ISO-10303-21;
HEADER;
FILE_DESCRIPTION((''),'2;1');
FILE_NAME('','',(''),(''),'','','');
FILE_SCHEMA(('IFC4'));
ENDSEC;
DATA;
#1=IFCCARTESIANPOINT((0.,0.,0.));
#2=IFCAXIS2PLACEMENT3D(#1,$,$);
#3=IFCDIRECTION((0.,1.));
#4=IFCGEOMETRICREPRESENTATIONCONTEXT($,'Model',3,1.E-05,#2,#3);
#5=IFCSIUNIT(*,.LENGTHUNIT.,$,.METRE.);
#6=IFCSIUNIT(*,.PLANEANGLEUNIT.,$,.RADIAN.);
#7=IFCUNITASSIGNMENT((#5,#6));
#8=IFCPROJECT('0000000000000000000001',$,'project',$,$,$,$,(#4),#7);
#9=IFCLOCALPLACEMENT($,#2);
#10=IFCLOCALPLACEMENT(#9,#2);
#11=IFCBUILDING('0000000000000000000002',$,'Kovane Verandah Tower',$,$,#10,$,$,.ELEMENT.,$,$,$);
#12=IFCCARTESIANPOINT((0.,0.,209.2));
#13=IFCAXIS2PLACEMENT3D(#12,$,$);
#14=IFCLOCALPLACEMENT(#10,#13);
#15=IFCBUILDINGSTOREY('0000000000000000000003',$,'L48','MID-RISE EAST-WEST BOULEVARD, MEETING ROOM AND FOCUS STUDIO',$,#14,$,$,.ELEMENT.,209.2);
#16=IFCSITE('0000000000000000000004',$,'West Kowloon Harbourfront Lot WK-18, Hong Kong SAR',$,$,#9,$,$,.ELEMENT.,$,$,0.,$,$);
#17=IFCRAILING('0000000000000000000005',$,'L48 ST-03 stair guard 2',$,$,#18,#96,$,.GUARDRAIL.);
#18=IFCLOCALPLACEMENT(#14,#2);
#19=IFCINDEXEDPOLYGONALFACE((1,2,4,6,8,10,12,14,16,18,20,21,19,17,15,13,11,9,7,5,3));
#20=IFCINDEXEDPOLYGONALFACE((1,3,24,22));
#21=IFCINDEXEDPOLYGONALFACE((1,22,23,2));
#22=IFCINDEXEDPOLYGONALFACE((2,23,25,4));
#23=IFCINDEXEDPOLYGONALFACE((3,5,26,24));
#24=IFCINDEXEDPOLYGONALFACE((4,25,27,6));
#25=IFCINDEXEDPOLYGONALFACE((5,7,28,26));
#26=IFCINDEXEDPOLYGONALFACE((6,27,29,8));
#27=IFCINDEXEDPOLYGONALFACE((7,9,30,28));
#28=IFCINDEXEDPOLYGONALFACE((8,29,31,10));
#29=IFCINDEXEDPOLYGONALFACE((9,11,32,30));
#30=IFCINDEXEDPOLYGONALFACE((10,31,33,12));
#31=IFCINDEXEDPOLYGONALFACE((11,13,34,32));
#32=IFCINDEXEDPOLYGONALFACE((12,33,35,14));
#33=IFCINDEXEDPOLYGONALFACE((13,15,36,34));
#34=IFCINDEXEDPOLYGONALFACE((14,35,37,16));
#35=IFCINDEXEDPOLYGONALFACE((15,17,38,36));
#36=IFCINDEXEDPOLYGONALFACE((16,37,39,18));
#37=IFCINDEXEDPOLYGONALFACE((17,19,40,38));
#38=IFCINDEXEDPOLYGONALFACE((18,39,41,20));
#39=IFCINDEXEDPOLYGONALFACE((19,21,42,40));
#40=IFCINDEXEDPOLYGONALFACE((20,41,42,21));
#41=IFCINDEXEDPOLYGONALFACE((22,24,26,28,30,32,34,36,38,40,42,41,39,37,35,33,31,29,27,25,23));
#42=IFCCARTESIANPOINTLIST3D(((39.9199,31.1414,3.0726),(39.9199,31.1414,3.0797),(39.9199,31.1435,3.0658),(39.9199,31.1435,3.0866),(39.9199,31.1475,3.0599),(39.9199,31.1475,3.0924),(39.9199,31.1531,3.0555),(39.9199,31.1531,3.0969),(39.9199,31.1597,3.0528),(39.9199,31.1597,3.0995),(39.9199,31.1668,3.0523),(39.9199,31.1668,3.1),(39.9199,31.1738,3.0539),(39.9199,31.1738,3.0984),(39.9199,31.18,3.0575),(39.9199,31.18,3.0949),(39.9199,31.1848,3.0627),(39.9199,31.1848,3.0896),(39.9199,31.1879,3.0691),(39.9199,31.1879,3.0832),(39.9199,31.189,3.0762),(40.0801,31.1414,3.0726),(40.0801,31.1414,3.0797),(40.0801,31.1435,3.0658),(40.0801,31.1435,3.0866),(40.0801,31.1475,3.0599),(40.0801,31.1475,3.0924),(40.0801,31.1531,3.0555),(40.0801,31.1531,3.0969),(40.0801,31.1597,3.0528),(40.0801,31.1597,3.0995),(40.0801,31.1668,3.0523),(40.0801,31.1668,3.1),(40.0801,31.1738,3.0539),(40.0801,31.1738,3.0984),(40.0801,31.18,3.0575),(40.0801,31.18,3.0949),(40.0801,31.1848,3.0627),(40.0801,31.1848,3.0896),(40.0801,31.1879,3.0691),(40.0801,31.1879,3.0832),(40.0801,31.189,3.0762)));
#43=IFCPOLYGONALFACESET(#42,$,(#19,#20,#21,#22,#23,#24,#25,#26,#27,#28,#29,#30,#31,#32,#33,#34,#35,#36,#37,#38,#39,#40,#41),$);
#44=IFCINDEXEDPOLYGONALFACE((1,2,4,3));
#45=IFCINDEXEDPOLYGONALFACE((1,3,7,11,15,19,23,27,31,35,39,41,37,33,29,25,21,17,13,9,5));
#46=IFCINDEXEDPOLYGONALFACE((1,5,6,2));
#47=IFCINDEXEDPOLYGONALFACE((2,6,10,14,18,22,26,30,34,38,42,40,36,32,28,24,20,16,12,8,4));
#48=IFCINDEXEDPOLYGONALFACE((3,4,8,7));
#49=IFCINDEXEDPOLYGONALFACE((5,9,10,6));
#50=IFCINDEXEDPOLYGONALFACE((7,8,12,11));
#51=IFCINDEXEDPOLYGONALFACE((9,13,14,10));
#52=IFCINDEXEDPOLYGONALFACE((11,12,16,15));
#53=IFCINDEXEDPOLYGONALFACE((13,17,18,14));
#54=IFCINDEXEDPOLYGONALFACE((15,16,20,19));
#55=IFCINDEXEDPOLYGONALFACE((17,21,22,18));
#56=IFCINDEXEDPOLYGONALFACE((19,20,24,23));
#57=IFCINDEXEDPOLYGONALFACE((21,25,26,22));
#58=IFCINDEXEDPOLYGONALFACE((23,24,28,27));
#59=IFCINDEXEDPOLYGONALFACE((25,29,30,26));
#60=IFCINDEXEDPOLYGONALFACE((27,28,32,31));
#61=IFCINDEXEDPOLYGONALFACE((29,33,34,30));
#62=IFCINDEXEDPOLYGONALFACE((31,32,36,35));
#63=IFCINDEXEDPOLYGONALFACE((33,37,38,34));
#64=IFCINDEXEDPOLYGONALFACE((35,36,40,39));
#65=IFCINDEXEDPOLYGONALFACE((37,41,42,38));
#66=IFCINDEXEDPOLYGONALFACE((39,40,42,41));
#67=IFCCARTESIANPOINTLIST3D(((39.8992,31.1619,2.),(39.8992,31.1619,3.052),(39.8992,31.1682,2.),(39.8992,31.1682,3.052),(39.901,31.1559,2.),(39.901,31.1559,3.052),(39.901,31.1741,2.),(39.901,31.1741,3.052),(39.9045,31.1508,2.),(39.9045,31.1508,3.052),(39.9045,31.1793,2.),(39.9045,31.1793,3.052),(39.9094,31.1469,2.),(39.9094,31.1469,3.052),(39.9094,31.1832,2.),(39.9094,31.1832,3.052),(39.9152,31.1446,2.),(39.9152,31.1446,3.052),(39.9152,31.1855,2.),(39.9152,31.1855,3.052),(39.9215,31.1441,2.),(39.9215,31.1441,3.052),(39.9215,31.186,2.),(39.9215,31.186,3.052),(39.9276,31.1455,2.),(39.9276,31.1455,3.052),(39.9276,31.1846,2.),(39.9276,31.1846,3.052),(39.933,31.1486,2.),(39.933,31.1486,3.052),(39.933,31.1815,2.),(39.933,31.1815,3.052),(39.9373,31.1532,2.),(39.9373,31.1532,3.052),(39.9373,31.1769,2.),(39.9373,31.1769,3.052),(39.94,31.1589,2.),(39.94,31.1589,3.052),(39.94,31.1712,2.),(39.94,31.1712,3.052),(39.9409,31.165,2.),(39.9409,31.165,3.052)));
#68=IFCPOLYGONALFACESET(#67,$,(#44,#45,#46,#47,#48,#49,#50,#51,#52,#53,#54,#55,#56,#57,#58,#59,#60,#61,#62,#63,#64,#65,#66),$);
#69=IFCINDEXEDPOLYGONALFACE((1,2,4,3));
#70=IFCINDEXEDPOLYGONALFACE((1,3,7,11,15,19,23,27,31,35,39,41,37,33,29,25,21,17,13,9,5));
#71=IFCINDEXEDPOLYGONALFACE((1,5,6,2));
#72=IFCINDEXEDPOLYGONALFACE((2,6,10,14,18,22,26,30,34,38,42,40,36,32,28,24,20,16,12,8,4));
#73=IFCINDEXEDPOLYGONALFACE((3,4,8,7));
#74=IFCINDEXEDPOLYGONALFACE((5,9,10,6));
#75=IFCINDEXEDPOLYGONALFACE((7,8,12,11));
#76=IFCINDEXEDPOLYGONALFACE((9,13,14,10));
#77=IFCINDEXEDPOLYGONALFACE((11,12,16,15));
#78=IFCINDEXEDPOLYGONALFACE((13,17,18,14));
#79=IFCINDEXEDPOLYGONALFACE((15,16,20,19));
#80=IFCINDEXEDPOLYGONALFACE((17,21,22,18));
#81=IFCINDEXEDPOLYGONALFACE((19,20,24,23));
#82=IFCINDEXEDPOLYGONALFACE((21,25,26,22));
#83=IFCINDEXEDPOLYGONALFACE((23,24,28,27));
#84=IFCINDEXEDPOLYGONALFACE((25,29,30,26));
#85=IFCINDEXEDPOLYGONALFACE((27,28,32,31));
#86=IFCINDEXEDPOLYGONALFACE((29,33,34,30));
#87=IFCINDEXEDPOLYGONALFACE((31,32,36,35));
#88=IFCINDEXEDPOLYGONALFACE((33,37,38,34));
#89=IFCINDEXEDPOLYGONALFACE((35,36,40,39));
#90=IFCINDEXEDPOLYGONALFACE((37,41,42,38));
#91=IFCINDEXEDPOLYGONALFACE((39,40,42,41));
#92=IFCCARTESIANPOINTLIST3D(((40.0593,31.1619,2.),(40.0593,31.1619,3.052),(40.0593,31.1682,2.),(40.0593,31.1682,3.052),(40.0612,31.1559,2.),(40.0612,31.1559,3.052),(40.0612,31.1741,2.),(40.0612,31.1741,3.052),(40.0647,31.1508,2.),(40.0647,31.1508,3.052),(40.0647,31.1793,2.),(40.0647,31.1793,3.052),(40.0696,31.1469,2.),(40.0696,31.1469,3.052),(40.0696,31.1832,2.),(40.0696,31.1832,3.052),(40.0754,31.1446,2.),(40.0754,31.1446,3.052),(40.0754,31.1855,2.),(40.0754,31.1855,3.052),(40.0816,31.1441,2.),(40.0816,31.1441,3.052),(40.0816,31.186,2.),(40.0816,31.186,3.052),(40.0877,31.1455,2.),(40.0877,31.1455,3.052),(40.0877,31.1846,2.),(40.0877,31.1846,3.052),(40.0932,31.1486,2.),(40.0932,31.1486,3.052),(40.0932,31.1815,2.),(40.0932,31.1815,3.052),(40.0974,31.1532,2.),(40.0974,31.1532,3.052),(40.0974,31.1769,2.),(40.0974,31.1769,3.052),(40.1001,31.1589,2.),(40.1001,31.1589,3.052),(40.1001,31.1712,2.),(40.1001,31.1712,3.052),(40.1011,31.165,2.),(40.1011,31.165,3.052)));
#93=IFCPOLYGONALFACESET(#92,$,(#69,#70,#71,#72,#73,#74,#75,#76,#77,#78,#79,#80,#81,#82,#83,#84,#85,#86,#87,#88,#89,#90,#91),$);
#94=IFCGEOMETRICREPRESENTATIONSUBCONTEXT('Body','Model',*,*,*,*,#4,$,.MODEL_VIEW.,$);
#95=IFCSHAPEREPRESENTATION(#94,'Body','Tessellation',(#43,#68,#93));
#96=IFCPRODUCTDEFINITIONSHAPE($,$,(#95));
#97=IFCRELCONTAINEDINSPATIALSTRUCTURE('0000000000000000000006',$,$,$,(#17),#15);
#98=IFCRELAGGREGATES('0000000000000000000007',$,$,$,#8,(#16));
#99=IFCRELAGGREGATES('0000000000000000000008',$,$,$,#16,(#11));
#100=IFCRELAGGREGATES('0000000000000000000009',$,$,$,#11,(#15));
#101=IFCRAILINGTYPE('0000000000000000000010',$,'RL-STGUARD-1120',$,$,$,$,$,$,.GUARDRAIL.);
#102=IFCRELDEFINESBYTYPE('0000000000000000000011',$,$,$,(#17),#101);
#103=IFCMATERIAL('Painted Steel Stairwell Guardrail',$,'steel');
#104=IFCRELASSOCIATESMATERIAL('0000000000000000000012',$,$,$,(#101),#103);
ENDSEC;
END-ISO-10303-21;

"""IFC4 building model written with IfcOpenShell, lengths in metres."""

from ifc_helpers import new_model, si_unit, direction, frame, origin, origin_2d, place, context, subcontext, project, spatial, circle, extrude, material, type_object, element, save


model = new_model("IFC4")

# Units and contexts
model_context = context("Model", 3, precision=1e-05, world=origin(), true_north=direction((0.0, 1.0)))
body_context = subcontext(model_context, "Body", "Model", "MODEL_VIEW")
ifc_project = project(units=[si_unit("LENGTHUNIT", "METRE"), si_unit("PLANEANGLEUNIT", "RADIAN")], contexts=[model_context])

# Site, building, storey
site_placement = place(None, origin())
site = spatial("IfcSite", under=ifc_project, at=site_placement, Name="West Kowloon Harbourfront Lot WK-18, Hong Kong SAR", CompositionType="ELEMENT", RefElevation=0.0)
building_placement = place(site_placement, origin())
building = spatial("IfcBuilding", under=site, at=building_placement, Name="Kovane Verandah Tower", CompositionType="ELEMENT")
storey_placement = place(building_placement, frame((0.0, 0.0, 209.2)))
storey = spatial("IfcBuildingStorey", under=building, at=storey_placement, Name="L48", Description="MID-RISE EAST-WEST BOULEVARD, MEETING ROOM AND FOCUS STUDIO", CompositionType="ELEMENT", Elevation=209.2)

# Railing
ifc_material_1 = material(Name="Painted Steel Stairwell Guardrail", Category="steel")
railing_type = type_object("IfcRailingType", Name="RL-STGUARD-1120", PredefinedType="GUARDRAIL", material=ifc_material_1)
railing_1_placement = place(storey_placement, frame((39.9199, 31.165, 2.0)))
element("IfcRailing", 1, at=railing_1_placement, inside=storey, type_object=railing_type, Name="L48 ST-03 stair guard 2", PredefinedType="GUARDRAIL", context=body_context, shape_type="SweptSolid", body=[
    extrude(circle(Radius=0.0239, at=origin_2d()), frame((0.0, 0.0, 1.0762), z_axis=(1.0, 0.0, 0.0), x_axis=(0.0, 1.0, 0.0)), (0.0, 0.0, 1.0), 0.1602),
    extrude(circle(Radius=0.021, at=origin_2d()), origin(), (0.0, 0.0, 1.0), 1.052),
    extrude(circle(Radius=0.021, at=origin_2d()), frame((0.1602, 0.0, 0.0)), (0.0, 0.0, 1.0), 1.052),
])

save(model, "model.ifc")
